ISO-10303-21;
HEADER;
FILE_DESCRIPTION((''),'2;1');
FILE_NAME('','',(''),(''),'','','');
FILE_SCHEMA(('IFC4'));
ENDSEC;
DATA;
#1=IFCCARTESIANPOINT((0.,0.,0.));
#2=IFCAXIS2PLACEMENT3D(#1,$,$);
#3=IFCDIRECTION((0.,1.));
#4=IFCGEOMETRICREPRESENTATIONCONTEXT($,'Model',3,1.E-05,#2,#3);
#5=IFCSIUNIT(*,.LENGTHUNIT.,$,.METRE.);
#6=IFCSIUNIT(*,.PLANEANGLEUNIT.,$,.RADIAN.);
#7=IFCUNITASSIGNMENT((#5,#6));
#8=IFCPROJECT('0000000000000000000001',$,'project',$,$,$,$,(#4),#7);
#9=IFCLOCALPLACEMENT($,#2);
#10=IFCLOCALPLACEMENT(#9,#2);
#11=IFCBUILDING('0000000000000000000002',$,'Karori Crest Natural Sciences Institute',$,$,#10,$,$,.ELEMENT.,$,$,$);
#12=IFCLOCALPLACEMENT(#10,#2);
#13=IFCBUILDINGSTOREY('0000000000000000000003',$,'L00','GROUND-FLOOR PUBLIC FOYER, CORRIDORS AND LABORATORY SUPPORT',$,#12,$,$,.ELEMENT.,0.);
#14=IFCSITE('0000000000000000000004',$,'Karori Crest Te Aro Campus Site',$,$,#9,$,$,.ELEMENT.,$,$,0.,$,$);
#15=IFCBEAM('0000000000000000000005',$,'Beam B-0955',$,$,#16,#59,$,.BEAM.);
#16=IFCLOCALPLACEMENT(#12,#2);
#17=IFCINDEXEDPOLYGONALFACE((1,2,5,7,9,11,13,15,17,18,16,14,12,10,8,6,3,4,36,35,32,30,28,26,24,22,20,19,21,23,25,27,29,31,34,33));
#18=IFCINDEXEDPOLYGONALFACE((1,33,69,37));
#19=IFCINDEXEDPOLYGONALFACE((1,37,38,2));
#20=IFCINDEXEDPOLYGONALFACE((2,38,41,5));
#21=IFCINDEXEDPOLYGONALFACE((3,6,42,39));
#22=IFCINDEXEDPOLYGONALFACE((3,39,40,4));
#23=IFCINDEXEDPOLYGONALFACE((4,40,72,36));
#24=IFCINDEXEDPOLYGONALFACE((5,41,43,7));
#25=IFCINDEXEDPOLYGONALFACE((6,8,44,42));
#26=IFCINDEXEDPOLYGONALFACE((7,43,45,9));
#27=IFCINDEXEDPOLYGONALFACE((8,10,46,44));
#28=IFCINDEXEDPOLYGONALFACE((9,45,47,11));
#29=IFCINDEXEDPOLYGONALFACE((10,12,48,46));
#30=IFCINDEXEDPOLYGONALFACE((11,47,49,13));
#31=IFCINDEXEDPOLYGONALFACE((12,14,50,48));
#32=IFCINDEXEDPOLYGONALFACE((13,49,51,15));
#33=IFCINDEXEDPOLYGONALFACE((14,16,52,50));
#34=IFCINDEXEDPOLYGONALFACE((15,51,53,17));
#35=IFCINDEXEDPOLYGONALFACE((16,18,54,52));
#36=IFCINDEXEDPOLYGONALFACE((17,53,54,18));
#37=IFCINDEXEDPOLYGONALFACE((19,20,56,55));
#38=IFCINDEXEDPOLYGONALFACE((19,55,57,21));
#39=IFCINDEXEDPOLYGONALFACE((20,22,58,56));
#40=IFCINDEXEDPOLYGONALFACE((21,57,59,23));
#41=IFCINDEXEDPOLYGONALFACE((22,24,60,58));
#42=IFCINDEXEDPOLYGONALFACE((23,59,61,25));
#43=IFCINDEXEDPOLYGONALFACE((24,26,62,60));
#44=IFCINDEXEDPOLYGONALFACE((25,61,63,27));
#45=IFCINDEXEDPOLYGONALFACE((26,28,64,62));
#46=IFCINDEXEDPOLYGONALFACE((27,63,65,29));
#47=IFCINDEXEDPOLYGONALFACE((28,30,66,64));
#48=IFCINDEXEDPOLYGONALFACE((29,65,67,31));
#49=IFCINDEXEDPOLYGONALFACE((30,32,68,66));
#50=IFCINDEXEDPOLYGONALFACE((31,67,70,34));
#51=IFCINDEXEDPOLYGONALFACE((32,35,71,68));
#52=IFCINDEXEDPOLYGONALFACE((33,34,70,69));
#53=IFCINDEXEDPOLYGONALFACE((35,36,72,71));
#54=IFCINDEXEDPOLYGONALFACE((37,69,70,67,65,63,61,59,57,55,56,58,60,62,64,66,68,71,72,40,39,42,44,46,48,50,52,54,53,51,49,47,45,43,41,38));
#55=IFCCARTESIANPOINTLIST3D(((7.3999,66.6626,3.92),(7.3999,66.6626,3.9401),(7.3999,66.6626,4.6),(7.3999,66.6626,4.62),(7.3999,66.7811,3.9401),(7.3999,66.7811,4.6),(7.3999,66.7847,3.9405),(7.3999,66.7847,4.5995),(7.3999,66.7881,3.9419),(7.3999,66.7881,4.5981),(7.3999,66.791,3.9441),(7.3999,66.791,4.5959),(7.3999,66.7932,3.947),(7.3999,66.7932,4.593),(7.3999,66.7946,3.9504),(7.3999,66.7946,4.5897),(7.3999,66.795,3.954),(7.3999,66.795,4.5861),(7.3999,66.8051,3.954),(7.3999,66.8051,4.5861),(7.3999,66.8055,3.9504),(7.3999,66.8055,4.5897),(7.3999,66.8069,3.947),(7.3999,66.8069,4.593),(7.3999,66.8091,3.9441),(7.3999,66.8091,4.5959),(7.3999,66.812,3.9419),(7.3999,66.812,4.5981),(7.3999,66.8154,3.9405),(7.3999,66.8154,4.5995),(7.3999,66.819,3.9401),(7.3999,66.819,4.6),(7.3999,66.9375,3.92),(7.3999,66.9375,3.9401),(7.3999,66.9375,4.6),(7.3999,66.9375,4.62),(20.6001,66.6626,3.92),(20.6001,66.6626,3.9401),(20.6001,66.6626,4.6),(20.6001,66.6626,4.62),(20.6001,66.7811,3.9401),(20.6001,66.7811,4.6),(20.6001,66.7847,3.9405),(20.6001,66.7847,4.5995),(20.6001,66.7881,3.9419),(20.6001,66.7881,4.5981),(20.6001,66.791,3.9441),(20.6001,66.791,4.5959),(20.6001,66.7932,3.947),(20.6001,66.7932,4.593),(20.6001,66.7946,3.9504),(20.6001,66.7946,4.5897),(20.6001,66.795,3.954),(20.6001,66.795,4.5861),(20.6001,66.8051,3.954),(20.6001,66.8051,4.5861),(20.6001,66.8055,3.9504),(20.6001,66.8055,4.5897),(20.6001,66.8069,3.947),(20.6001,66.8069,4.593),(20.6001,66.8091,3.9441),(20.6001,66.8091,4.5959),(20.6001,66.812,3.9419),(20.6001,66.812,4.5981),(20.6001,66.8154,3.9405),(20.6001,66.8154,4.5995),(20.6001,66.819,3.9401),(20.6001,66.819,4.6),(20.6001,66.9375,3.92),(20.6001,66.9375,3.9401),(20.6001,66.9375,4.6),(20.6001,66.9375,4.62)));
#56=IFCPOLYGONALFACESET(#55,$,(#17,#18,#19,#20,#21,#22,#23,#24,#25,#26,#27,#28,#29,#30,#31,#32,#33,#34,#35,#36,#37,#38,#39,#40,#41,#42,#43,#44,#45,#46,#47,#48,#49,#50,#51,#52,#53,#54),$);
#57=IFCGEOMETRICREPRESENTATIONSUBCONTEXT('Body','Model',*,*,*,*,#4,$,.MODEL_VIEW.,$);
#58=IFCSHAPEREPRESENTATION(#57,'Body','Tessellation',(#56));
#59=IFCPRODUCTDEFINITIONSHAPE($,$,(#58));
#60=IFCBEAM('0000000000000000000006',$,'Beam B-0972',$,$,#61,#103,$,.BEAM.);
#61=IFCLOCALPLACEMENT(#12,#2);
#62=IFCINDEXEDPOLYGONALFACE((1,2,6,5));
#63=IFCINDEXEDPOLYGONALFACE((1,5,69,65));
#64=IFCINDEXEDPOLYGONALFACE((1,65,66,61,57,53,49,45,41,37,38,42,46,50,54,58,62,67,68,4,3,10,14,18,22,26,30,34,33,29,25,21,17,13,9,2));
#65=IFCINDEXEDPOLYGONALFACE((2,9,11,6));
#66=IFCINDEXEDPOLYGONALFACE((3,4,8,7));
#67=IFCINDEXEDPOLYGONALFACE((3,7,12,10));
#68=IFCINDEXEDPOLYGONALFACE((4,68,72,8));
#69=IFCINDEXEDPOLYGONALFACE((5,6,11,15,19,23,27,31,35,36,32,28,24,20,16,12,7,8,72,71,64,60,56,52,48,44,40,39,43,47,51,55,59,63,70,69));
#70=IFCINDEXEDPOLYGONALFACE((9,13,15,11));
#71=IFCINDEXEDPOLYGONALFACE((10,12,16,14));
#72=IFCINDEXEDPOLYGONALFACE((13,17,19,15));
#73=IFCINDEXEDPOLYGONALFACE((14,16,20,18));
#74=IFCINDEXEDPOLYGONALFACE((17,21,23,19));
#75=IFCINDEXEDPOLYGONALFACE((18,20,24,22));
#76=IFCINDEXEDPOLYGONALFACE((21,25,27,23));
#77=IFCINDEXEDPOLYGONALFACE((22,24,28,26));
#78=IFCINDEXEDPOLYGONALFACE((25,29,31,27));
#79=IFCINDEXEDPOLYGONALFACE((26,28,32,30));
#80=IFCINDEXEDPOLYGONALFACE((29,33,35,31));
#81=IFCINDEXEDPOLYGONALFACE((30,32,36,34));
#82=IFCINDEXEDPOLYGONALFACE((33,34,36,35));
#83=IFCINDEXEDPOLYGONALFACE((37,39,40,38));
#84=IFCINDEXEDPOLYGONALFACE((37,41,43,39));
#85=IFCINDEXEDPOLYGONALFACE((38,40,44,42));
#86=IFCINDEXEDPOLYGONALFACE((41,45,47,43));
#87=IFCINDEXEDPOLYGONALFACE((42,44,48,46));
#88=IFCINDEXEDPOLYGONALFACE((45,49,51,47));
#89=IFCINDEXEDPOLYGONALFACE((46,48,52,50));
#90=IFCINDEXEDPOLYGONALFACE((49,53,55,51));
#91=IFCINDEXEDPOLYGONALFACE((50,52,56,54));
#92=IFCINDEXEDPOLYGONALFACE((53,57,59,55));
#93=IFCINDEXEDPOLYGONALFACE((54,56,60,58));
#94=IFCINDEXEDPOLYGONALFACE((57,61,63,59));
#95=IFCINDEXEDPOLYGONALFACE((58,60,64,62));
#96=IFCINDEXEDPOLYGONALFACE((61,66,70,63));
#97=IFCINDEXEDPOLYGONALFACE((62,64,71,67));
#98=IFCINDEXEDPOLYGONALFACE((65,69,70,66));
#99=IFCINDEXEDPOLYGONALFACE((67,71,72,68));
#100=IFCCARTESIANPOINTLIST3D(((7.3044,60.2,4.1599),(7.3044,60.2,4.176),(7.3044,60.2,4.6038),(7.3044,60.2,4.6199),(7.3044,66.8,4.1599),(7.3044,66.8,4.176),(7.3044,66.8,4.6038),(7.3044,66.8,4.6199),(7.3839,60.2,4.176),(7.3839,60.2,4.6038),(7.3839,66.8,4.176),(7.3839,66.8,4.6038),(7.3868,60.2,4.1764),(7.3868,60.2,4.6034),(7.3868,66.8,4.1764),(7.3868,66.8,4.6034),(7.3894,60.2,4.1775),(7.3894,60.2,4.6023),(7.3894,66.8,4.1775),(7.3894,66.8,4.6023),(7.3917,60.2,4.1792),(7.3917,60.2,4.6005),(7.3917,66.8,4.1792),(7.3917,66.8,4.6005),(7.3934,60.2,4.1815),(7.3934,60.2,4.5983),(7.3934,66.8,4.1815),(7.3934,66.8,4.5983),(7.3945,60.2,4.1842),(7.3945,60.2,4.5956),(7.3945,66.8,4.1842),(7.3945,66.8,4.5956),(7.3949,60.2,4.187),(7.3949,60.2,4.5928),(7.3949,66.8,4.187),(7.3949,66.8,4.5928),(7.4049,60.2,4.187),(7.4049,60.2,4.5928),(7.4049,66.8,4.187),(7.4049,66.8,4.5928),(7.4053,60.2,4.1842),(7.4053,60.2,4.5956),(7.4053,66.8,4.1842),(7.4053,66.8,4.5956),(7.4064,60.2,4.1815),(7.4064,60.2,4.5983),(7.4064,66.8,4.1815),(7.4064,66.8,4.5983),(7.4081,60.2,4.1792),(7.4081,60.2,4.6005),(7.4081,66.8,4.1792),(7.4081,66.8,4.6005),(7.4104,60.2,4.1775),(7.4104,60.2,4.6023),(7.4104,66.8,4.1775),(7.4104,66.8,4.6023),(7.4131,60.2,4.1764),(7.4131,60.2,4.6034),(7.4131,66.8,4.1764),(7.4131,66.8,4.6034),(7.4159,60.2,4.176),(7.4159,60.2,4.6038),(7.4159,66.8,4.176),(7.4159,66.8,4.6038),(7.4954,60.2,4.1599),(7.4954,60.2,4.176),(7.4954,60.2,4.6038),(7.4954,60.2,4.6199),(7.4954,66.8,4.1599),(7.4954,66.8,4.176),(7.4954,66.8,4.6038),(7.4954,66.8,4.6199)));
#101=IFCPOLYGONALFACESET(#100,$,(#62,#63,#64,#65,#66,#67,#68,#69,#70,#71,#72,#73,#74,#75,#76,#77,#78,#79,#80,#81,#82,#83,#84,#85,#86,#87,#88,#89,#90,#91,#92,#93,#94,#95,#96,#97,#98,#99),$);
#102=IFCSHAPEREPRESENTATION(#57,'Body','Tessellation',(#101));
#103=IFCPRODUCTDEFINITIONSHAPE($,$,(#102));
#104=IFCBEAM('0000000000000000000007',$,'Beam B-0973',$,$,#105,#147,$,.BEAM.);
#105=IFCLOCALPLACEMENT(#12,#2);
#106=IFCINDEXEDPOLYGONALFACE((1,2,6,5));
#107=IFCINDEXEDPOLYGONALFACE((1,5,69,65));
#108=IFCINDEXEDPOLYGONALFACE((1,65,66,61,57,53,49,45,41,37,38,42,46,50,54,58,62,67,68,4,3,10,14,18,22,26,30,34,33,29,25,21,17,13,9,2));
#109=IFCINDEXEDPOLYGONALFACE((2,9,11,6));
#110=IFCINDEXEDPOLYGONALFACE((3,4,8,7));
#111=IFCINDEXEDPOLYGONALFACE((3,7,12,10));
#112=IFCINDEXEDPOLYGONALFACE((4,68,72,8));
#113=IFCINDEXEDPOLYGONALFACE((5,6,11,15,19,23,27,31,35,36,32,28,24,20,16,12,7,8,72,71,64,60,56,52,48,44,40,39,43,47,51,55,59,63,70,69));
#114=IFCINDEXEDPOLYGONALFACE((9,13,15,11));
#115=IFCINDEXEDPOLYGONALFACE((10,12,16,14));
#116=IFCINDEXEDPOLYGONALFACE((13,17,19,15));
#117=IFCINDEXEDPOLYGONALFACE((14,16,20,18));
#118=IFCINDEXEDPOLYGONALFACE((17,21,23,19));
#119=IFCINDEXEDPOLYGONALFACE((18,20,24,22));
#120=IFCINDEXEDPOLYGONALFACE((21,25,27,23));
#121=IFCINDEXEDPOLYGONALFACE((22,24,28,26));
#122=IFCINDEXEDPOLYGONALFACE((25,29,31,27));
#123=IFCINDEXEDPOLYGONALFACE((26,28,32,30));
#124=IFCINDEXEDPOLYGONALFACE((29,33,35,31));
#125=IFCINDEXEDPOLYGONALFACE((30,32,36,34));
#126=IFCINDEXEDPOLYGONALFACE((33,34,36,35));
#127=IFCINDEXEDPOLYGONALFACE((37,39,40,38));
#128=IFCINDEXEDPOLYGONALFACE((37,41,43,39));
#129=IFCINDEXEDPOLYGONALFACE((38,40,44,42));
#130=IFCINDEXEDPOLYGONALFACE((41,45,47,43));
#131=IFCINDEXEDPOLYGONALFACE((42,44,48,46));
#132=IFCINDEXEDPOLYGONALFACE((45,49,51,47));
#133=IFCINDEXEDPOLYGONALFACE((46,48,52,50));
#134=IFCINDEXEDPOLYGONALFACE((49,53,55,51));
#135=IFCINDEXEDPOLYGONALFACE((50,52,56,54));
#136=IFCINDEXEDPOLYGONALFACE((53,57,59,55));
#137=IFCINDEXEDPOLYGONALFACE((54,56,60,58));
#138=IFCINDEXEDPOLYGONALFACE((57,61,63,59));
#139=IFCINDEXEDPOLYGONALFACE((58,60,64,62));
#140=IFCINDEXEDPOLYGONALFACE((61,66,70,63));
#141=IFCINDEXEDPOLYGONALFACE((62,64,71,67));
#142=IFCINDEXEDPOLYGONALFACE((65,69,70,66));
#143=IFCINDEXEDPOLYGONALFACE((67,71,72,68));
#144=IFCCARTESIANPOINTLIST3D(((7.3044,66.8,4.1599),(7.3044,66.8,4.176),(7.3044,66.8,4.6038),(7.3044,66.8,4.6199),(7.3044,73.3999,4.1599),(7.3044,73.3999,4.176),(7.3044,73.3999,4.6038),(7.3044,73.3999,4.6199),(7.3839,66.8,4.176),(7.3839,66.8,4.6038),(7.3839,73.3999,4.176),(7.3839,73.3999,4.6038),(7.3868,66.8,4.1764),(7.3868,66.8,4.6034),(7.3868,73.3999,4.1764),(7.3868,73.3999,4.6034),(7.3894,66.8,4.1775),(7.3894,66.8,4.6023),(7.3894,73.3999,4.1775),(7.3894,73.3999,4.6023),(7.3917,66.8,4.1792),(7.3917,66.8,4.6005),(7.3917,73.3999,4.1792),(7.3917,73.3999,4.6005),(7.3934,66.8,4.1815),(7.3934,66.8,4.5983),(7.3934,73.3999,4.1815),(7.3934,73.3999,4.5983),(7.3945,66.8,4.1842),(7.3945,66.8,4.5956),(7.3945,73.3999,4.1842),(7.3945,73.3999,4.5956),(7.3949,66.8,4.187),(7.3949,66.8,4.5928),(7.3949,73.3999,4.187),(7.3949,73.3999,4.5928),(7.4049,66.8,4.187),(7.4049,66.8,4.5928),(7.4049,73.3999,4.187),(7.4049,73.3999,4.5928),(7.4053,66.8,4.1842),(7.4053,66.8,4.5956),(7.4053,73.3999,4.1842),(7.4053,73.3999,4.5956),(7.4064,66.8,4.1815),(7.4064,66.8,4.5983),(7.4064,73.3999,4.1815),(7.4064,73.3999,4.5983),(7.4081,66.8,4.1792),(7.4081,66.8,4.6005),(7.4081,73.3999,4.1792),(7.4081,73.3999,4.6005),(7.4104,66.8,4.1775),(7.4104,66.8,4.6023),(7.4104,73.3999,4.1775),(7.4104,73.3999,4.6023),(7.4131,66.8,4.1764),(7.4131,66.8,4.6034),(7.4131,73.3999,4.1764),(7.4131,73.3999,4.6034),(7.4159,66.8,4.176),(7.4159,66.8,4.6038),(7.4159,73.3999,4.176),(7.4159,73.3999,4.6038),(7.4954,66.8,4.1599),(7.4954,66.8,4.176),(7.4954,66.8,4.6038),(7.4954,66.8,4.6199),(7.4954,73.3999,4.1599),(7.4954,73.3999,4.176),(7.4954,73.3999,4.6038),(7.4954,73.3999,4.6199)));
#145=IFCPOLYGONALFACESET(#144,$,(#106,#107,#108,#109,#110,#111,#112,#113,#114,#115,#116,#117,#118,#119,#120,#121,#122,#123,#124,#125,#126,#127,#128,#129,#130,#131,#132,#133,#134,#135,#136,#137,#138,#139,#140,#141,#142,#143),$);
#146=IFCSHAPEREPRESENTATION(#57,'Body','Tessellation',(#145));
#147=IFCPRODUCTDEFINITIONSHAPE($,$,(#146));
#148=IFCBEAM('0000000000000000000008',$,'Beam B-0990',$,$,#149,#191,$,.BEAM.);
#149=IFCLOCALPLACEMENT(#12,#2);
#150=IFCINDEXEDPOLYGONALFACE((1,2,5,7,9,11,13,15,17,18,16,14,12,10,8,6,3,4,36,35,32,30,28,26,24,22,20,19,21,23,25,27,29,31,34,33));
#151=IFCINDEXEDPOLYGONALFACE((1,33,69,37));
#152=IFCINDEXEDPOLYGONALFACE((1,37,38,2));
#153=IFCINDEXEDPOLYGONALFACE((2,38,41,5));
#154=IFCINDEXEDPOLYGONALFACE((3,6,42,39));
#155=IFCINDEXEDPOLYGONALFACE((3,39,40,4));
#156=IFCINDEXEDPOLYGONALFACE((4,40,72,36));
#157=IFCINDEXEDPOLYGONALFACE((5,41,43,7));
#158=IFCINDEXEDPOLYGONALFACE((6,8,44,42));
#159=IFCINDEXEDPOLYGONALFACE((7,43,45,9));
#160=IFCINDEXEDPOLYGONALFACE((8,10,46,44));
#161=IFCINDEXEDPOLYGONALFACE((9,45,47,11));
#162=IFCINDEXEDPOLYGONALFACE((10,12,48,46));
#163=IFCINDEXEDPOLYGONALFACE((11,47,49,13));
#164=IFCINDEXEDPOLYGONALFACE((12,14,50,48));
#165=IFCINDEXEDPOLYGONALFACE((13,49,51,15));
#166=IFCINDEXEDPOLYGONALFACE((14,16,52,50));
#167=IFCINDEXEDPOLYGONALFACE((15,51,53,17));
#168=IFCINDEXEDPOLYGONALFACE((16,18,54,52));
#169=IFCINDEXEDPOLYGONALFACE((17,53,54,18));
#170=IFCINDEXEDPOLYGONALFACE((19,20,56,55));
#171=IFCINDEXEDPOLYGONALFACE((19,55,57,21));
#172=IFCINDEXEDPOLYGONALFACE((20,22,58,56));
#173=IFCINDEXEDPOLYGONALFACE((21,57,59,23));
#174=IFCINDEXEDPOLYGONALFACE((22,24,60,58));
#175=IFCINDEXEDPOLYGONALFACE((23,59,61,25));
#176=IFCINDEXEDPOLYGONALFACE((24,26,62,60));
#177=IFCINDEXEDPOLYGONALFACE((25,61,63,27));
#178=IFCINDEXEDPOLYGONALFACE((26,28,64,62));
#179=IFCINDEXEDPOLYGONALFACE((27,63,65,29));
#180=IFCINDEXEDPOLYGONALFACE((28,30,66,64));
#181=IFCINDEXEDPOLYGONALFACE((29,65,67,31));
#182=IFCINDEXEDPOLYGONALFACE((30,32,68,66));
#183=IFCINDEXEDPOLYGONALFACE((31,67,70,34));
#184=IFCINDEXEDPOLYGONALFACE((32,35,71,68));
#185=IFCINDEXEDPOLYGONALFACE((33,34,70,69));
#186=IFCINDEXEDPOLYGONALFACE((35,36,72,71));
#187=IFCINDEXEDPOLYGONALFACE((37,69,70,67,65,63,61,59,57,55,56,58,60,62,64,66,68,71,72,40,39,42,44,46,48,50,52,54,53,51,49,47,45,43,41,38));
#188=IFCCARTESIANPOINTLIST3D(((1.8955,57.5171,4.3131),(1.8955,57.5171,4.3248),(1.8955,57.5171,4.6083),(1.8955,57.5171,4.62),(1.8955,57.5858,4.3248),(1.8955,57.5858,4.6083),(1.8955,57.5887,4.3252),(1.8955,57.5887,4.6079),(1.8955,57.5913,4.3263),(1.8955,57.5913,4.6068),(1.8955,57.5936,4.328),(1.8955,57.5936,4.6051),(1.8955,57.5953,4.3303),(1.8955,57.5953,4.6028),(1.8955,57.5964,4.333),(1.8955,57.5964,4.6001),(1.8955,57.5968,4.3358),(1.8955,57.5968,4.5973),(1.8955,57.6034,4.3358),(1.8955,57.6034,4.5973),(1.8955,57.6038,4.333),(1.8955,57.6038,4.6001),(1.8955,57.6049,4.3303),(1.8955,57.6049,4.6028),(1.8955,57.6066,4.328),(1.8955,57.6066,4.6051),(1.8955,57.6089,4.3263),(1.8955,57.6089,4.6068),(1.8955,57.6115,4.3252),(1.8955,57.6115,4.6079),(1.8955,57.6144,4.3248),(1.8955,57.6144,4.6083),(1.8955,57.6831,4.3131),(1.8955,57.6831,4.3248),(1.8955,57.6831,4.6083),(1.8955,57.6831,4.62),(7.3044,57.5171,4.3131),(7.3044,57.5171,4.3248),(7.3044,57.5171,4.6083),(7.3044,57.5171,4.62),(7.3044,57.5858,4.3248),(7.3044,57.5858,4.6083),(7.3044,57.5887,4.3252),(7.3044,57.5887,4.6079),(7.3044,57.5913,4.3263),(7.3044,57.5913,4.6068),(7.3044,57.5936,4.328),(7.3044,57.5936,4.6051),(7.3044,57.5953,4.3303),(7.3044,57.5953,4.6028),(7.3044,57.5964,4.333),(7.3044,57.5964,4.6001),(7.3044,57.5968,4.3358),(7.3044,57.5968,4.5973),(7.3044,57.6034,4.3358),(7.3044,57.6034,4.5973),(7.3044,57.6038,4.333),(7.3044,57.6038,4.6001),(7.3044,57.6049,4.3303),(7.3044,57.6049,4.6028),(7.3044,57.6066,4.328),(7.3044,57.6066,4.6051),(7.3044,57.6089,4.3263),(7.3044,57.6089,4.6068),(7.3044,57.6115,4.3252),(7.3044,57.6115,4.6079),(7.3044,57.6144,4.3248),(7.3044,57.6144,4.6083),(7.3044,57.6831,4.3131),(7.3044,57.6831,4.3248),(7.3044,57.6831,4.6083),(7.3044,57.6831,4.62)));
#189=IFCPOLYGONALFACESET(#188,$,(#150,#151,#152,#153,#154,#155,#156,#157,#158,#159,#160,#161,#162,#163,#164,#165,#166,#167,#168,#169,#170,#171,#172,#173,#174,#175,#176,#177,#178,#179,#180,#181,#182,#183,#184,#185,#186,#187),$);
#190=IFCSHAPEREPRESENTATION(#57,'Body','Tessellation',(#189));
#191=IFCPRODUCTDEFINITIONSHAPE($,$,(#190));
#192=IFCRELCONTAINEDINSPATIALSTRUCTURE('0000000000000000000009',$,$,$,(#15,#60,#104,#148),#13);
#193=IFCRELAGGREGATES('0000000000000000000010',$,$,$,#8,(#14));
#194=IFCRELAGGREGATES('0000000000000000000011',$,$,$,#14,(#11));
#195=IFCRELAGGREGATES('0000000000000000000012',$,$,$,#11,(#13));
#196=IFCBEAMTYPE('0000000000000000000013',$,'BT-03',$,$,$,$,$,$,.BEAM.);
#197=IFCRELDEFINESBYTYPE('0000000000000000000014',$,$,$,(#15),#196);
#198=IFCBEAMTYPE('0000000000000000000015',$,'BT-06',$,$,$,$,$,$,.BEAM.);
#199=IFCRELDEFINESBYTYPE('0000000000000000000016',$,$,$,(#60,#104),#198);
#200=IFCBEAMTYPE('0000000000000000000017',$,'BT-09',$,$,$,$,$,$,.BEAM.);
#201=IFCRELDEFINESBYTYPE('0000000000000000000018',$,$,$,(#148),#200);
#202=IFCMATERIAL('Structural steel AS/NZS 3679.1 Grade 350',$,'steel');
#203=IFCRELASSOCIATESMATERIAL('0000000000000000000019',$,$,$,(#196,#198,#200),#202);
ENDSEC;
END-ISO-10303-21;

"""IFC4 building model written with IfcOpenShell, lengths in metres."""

from ifc_helpers import new_model, si_unit, direction, frame, origin, origin_2d, place, context, subcontext, project, spatial, i_section, extrude, material, material_profile, profile_set, type_object, element, save


model = new_model("IFC4")

# Units and contexts
model_context = context("Model", 3, precision=1e-05, world=origin(), true_north=direction((0.0, 1.0)))
body_context = subcontext(model_context, "Body", "Model", "MODEL_VIEW")
ifc_project = project(units=[si_unit("LENGTHUNIT", "METRE"), si_unit("PLANEANGLEUNIT", "RADIAN")], contexts=[model_context])

# Site, building, storey
site_placement = place(None, origin())
site = spatial("IfcSite", under=ifc_project, at=site_placement, Name="Karori Crest Te Aro Campus Site", CompositionType="ELEMENT", RefElevation=0.0)
building_placement = place(site_placement, origin())
building = spatial("IfcBuilding", under=site, at=building_placement, Name="Karori Crest Natural Sciences Institute", CompositionType="ELEMENT")
storey_placement = place(building_placement, origin())
storey = spatial("IfcBuildingStorey", under=building, at=storey_placement, Name="L00", Description="GROUND-FLOOR PUBLIC FOYER, CORRIDORS AND LABORATORY SUPPORT", CompositionType="ELEMENT", Elevation=0.0)

# Shared definitions
ifc_material_1 = material(Name="Structural steel AS/NZS 3679.1 Grade 350", Category="steel")

# Beams
ifc_material_profile_1 = material_profile(ifc_material_1, i_section(OverallWidth=0.2749, OverallDepth=0.7, WebThickness=0.01, FlangeThickness=0.02, FilletRadius=0.0139, at=origin_2d()), Name="700WB150")
ifc_profile_set_1 = profile_set([ifc_material_profile_1], Name="Structural steel AS/NZS 3679.1 Grade 350")
beam_type_1 = type_object("IfcBeamType", Name="BT-03", PredefinedType="BEAM", material=ifc_profile_set_1)
for number, where, z_axis, x_axis, name in (
    (1, (7.3999, 66.8, 4.27), (1.0, 0.0, 0.0), (0.0, 1.0, 0.0), "Beam B-0955"),
):
    element("IfcBeam", number, at=place(storey_placement, frame(where, z_axis=z_axis, x_axis=x_axis)), inside=storey, type_object=beam_type_1, Name=name, PredefinedType="BEAM", context=body_context, shape_type="SweptSolid", body=[
        extrude(i_section(OverallWidth=0.2749, OverallDepth=0.7, WebThickness=0.01, FlangeThickness=0.02, FilletRadius=0.0139, at=origin_2d()), origin(), (0.0, 0.0, 1.0), 13.2002),
    ])
ifc_material_profile_2 = material_profile(ifc_material_1, i_section(OverallWidth=0.1909, OverallDepth=0.46, WebThickness=0.01, FlangeThickness=0.0161, FilletRadius=0.011, at=origin_2d()), Name="460UB82.1")
ifc_profile_set_2 = profile_set([ifc_material_profile_2], Name="Structural steel AS/NZS 3679.1 Grade 350")
beam_type_2 = type_object("IfcBeamType", Name="BT-06", PredefinedType="BEAM", material=ifc_profile_set_2)
beam_1_placement = place(storey_placement, frame((7.3999, 60.2, 4.3899), z_axis=(0.0, 1.0, 0.0), x_axis=(-1.0, 0.0, 0.0)))
element("IfcBeam", 2, at=beam_1_placement, inside=storey, type_object=beam_type_2, Name="Beam B-0972", PredefinedType="BEAM", context=body_context, shape_type="SweptSolid", body=[
    extrude(i_section(OverallWidth=0.1909, OverallDepth=0.46, WebThickness=0.01, FlangeThickness=0.0161, FilletRadius=0.011, at=origin_2d()), origin(), (0.0, 0.0, 1.0), 6.6001),
])
beam_2_placement = place(storey_placement, frame((7.3999, 66.8, 4.3899), z_axis=(0.0, 1.0, 0.0), x_axis=(-1.0, 0.0, 0.0)))
element("IfcBeam", 3, at=beam_2_placement, inside=storey, type_object=beam_type_2, Name="Beam B-0973", PredefinedType="BEAM", context=body_context, shape_type="SweptSolid", body=[
    extrude(i_section(OverallWidth=0.1909, OverallDepth=0.46, WebThickness=0.01, FlangeThickness=0.0161, FilletRadius=0.011, at=origin_2d()), origin(), (0.0, 0.0, 1.0), 6.5999),
])
ifc_material_profile_3 = material_profile(ifc_material_1, i_section(OverallWidth=0.166, OverallDepth=0.3069, WebThickness=0.0066, FlangeThickness=0.0117, FilletRadius=0.011, at=origin_2d()), Name="310UB46.2")
ifc_profile_set_3 = profile_set([ifc_material_profile_3], Name="Structural steel AS/NZS 3679.1 Grade 350")
beam_type_3 = type_object("IfcBeamType", Name="BT-09", PredefinedType="BEAM", material=ifc_profile_set_3)
for number, where, z_axis, x_axis, name in (
    (4, (1.8955, 57.6001, 4.4666), (1.0, 0.0, 0.0), (0.0, 1.0, 0.0), "Beam B-0990"),
):
    element("IfcBeam", number, at=place(storey_placement, frame(where, z_axis=z_axis, x_axis=x_axis)), inside=storey, type_object=beam_type_3, Name=name, PredefinedType="BEAM", context=body_context, shape_type="SweptSolid", body=[
        extrude(i_section(OverallWidth=0.166, OverallDepth=0.3069, WebThickness=0.0066, FlangeThickness=0.0117, FilletRadius=0.011, at=origin_2d()), origin(), (0.0, 0.0, 1.0), 5.4089),
    ])

save(model, "model.ifc")
